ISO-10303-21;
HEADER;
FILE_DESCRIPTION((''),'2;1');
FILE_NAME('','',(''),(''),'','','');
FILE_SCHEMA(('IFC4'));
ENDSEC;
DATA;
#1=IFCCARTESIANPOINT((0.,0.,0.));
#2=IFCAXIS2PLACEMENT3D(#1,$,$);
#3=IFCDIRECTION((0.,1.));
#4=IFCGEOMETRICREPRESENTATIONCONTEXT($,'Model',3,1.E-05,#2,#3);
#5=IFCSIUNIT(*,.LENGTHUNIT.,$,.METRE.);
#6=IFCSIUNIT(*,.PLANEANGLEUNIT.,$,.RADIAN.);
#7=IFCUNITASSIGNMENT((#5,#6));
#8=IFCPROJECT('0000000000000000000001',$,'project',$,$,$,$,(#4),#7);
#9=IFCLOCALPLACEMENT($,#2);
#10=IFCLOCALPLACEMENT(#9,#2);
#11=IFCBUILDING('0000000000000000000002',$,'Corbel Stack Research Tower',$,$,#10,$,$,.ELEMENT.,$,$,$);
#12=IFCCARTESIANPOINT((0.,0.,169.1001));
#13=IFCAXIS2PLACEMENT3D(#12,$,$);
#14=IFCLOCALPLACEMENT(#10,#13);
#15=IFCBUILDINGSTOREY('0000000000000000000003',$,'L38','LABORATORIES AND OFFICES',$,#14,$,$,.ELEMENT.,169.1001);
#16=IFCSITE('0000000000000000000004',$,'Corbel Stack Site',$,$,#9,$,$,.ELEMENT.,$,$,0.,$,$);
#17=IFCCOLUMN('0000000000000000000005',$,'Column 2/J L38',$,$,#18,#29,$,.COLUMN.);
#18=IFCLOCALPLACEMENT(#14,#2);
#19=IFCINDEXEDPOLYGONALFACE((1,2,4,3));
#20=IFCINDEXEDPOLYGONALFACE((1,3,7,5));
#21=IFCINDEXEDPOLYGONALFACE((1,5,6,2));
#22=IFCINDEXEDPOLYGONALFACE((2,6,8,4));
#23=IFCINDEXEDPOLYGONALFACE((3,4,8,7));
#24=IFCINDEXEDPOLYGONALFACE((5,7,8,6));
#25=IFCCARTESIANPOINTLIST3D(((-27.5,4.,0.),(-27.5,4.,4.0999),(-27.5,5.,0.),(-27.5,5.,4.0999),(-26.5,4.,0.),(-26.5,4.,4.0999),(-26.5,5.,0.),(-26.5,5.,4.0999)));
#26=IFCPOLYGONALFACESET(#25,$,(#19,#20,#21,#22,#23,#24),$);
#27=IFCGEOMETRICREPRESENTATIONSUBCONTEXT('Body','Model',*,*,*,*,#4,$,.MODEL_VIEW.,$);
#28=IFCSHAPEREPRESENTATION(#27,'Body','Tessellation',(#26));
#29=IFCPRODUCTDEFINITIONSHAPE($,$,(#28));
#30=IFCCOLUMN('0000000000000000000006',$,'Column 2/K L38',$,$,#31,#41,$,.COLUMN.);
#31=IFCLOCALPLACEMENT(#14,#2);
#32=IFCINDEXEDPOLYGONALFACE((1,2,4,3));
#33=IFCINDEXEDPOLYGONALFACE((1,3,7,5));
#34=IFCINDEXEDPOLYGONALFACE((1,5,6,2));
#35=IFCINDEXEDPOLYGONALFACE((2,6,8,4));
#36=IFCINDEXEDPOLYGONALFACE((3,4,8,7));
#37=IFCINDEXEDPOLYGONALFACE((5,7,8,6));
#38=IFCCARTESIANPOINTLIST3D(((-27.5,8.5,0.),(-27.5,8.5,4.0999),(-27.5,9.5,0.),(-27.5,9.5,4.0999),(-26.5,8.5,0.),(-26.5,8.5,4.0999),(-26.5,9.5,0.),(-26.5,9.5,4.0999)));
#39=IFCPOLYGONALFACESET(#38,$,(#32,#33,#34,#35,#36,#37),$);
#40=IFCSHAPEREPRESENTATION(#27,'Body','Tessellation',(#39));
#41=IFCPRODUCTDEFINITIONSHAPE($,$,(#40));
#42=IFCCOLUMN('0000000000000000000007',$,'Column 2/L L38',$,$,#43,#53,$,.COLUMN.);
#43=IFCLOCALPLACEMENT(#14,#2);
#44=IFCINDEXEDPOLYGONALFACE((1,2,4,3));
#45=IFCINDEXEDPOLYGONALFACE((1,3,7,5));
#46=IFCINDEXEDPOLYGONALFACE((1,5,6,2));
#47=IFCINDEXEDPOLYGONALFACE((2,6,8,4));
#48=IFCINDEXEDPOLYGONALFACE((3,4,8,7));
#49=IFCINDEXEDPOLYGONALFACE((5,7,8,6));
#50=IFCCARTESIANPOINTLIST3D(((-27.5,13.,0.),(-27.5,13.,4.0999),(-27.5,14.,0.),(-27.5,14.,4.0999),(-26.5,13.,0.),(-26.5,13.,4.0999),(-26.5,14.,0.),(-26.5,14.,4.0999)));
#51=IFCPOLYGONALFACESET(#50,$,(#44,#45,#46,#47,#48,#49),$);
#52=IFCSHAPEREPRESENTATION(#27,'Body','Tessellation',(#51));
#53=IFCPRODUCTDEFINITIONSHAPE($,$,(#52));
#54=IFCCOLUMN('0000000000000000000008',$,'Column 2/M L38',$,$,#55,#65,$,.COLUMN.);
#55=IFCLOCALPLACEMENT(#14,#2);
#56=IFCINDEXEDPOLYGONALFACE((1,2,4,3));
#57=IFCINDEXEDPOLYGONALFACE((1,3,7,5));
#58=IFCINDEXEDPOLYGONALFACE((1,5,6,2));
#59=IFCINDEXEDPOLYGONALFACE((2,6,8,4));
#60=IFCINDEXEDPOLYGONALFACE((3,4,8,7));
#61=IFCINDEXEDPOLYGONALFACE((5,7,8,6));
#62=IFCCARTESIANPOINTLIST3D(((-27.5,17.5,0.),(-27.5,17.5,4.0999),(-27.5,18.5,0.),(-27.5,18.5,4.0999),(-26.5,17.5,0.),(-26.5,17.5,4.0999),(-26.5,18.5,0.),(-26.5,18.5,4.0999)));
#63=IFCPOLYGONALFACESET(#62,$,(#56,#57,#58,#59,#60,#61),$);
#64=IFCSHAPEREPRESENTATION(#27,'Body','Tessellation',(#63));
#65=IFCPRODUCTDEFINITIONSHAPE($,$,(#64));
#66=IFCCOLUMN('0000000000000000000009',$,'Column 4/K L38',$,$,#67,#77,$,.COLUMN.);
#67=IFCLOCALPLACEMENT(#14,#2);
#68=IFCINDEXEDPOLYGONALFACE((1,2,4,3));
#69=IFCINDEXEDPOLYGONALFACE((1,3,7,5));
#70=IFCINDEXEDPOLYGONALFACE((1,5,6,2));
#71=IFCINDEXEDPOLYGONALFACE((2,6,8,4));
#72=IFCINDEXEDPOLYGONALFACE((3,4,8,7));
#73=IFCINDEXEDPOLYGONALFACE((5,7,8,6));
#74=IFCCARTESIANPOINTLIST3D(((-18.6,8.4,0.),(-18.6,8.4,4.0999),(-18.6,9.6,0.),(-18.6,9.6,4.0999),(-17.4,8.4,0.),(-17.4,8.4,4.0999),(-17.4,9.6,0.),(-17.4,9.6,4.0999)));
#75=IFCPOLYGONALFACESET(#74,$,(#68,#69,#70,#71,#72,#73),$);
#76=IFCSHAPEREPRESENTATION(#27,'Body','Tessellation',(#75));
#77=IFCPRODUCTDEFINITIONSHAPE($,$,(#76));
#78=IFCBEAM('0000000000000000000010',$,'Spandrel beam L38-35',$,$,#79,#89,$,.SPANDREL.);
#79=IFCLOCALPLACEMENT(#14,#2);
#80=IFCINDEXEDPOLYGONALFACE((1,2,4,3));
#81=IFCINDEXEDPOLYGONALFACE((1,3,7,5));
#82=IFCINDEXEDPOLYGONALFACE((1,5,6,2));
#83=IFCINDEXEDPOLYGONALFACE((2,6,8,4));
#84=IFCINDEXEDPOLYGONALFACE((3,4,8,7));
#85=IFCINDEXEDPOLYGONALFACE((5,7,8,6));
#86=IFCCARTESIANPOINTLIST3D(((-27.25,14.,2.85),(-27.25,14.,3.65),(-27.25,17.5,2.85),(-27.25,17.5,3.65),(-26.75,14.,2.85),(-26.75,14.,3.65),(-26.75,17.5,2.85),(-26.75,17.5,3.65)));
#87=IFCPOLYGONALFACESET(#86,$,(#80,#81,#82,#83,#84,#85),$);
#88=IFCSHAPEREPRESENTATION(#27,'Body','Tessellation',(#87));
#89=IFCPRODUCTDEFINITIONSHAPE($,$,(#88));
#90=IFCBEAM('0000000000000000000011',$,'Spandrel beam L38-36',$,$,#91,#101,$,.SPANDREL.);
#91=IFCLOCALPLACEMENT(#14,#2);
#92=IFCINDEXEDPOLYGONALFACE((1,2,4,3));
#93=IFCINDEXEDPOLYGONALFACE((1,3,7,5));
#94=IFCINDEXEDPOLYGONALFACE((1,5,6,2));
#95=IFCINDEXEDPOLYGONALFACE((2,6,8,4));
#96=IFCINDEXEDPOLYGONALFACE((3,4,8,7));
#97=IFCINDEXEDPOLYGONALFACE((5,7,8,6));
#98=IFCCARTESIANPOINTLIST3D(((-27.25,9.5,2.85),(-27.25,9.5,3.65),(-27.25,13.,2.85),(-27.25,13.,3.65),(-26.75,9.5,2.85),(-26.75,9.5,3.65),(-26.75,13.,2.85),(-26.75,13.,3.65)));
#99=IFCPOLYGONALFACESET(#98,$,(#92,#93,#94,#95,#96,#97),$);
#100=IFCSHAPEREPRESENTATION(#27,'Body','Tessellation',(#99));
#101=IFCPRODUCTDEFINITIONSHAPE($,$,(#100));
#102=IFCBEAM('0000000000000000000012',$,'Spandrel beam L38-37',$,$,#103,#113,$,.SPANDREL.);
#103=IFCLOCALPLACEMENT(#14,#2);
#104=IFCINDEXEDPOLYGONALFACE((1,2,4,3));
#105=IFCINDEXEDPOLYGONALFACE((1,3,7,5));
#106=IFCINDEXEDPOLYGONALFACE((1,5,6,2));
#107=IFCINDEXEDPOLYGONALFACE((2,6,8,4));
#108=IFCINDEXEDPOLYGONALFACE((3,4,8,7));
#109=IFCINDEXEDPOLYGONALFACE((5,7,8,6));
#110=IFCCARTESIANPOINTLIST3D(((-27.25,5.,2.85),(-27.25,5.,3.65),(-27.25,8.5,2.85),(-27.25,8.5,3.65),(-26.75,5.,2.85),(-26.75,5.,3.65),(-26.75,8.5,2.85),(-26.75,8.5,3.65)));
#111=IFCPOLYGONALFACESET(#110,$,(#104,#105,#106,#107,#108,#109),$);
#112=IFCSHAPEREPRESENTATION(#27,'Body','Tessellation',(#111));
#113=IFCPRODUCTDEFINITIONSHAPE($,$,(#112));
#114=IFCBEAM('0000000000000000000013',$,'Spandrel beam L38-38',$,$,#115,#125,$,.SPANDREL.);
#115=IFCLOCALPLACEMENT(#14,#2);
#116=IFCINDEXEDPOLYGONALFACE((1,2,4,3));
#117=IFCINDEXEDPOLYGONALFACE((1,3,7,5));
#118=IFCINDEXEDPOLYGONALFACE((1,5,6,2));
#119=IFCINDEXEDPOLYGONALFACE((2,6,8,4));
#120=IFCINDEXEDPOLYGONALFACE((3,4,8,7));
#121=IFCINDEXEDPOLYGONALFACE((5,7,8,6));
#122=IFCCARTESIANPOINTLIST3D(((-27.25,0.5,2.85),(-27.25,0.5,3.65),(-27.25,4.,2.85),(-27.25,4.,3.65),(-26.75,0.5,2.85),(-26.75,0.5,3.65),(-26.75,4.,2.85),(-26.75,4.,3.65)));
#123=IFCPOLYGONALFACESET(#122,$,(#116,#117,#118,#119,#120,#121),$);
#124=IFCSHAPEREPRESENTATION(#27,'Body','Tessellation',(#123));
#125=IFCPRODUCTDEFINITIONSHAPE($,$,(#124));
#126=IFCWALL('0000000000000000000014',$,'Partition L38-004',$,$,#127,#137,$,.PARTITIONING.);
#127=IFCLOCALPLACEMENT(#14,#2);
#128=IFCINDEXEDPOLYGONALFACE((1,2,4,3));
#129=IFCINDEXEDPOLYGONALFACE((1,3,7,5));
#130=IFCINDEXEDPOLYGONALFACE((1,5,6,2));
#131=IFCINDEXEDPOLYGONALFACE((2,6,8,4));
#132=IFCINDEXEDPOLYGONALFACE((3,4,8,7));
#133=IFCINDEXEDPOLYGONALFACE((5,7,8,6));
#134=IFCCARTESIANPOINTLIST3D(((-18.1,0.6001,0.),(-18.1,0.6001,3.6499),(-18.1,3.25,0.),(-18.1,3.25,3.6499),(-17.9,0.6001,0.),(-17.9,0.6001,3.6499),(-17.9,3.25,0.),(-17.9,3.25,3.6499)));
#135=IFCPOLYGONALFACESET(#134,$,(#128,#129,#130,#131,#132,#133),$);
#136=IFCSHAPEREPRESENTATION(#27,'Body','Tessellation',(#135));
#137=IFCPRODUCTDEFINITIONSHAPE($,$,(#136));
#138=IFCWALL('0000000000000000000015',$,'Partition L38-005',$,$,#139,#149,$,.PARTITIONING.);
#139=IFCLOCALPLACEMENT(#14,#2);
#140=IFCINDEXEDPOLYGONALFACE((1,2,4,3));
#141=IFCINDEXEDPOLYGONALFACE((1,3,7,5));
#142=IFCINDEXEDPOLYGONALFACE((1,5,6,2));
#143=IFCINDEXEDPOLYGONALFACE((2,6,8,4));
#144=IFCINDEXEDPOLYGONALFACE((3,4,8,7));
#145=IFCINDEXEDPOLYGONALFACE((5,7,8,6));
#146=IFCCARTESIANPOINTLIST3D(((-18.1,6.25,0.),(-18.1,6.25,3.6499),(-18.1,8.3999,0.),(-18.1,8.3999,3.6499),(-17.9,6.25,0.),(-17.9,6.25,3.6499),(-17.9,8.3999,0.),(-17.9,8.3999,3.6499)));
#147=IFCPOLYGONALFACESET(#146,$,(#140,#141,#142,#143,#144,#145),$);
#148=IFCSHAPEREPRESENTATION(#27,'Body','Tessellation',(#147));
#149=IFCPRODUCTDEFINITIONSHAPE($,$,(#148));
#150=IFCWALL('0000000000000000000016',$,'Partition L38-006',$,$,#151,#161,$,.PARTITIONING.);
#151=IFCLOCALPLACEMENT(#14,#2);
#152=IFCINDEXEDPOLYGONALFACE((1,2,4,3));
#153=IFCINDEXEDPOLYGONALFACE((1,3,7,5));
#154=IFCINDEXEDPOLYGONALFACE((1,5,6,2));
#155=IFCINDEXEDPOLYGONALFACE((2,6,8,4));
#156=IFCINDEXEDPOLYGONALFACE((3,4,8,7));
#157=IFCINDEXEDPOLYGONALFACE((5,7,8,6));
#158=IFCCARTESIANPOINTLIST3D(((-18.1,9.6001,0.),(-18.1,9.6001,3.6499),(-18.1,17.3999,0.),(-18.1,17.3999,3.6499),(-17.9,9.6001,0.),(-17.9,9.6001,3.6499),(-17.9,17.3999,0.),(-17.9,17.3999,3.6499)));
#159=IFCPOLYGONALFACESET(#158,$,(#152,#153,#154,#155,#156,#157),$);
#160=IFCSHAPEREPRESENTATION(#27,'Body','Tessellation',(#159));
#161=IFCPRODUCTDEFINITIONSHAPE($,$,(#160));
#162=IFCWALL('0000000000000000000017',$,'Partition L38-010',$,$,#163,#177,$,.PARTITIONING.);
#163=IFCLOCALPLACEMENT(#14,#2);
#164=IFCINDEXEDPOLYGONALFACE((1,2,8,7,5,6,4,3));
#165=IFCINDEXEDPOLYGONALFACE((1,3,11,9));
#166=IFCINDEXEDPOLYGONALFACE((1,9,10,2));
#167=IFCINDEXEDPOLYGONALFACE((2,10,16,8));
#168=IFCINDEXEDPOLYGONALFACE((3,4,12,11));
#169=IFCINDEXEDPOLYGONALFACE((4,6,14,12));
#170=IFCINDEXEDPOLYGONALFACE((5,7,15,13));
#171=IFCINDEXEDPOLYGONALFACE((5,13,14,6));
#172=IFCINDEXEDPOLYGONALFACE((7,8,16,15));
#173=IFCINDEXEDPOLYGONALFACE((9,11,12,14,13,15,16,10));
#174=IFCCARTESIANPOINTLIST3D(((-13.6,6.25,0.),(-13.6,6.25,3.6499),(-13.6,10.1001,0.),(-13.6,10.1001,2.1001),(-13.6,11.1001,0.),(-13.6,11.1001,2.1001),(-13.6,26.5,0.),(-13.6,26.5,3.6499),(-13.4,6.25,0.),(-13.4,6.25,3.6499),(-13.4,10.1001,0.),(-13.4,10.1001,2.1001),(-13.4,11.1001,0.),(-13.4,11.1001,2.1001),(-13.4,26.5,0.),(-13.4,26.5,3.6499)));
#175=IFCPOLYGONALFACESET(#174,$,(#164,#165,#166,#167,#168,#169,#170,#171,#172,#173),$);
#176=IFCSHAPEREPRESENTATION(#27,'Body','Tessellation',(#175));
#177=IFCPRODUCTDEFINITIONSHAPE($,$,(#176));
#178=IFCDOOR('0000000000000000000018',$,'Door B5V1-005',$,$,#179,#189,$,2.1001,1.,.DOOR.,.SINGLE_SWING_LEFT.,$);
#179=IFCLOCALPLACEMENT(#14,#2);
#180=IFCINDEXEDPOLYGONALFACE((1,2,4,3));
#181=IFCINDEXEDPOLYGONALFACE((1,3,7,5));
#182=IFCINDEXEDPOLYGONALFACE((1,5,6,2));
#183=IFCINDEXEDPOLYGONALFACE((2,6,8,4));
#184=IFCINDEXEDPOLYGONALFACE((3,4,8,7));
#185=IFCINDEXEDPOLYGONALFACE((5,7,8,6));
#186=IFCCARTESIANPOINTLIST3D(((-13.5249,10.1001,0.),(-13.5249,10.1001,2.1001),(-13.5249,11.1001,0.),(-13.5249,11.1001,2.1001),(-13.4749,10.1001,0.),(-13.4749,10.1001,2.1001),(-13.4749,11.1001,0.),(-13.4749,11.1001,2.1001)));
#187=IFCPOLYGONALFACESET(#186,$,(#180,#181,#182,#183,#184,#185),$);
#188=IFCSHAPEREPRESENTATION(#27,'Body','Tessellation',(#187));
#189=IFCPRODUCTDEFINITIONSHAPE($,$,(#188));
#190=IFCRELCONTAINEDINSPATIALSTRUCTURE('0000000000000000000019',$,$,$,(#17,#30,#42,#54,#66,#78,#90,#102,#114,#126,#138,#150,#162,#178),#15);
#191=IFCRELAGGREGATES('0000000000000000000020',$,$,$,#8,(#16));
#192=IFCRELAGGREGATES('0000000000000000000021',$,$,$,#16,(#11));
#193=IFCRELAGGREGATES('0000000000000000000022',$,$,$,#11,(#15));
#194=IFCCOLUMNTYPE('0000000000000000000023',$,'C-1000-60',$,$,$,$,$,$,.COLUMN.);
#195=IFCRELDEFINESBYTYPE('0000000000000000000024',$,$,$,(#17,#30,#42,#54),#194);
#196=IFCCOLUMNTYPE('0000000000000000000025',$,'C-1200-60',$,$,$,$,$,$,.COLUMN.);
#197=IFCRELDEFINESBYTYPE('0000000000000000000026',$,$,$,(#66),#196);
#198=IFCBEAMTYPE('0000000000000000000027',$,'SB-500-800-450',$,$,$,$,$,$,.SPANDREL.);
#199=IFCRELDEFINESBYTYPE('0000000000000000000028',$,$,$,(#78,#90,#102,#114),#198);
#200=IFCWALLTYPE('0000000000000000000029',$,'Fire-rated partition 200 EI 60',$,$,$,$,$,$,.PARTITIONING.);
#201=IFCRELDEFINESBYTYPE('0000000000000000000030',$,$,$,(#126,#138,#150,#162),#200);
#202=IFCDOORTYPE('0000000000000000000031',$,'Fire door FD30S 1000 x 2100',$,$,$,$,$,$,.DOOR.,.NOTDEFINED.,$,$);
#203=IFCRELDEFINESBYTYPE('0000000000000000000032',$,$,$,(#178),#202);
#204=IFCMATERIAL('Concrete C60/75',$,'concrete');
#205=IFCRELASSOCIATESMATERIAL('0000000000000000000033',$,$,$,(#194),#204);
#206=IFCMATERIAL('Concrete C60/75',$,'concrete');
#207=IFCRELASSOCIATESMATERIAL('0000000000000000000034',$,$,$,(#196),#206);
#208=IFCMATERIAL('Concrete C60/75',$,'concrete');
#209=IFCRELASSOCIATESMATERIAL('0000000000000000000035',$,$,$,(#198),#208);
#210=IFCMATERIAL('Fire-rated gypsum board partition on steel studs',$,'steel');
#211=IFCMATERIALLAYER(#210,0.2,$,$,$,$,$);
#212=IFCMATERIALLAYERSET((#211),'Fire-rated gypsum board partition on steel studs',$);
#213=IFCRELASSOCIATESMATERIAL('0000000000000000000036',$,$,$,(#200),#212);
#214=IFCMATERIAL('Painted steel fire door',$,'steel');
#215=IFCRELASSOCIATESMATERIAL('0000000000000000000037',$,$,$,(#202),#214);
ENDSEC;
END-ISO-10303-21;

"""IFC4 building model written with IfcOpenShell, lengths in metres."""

from ifc_helpers import new_model, si_unit, direction, frame, frame_2d, origin, origin_2d, place, context, subcontext, project, spatial, rectangle, extrude, material, layer, layer_set, material_profile, profile_set, type_object, element, fill, save


model = new_model("IFC4")

# Units and contexts
model_context = context("Model", 3, precision=1e-05, world=origin(), true_north=direction((0.0, 1.0)))
body_context = subcontext(model_context, "Body", "Model", "MODEL_VIEW")
ifc_project = project(units=[si_unit("LENGTHUNIT", "METRE"), si_unit("PLANEANGLEUNIT", "RADIAN")], contexts=[model_context])

# Site, building, storey
site_placement = place(None, origin())
site = spatial("IfcSite", under=ifc_project, at=site_placement, Name="Corbel Stack Site", CompositionType="ELEMENT", RefElevation=0.0)
building_placement = place(site_placement, origin())
building = spatial("IfcBuilding", under=site, at=building_placement, Name="Corbel Stack Research Tower", CompositionType="ELEMENT")
storey_placement = place(building_placement, frame((0.0, 0.0, 169.1001)))
storey = spatial("IfcBuildingStorey", under=building, at=storey_placement, Name="L38", Description="LABORATORIES AND OFFICES", CompositionType="ELEMENT", Elevation=169.1001)

# Columns
ifc_material_1 = material(Name="Concrete C60/75", Category="concrete")
ifc_material_profile_1 = material_profile(ifc_material_1, rectangle(XDim=1.0, YDim=1.0, at=origin_2d()), Name="RC 1000 x 1000")
ifc_profile_set_1 = profile_set([ifc_material_profile_1], Name="Concrete C60/75")
column_type_1 = type_object("IfcColumnType", Name="C-1000-60", PredefinedType="COLUMN", material=ifc_profile_set_1)
for number, where, z_axis, x_axis, name in (
    (1, (-27.0, 4.5, 0.0), (0.0, 0.0, 1.0), (1.0, 0.0, 0.0), "Column 2/J L38"),
    (2, (-27.0, 9.0, 0.0), (0.0, 0.0, 1.0), (1.0, 0.0, 0.0), "Column 2/K L38"),
    (3, (-27.0, 13.5, 0.0), (0.0, 0.0, 1.0), (1.0, 0.0, 0.0), "Column 2/L L38"),
    (4, (-27.0, 18.0, 0.0), (0.0, 0.0, 1.0), (1.0, 0.0, 0.0), "Column 2/M L38"),
):
    element("IfcColumn", number, at=place(storey_placement, frame(where, z_axis=z_axis, x_axis=x_axis)), inside=storey, type_object=column_type_1, Name=name, PredefinedType="COLUMN", context=body_context, shape_type="SweptSolid", body=[
        extrude(rectangle(XDim=1.0, YDim=1.0, at=origin_2d()), origin(), (0.0, 0.0, 1.0), 4.0999),
    ])
ifc_material_2 = material(Name="Concrete C60/75", Category="concrete")
ifc_material_profile_2 = material_profile(ifc_material_2, rectangle(XDim=1.2, YDim=1.2, at=origin_2d()), Name="RC 1200 x 1200")
ifc_profile_set_2 = profile_set([ifc_material_profile_2], Name="Concrete C60/75")
column_type_2 = type_object("IfcColumnType", Name="C-1200-60", PredefinedType="COLUMN", material=ifc_profile_set_2)
column_placement = place(storey_placement, frame((-18.0, 9.0, 0.0), z_axis=(0.0, 0.0, 1.0), x_axis=(1.0, 0.0, 0.0)))
element("IfcColumn", 5, at=column_placement, inside=storey, type_object=column_type_2, Name="Column 4/K L38", PredefinedType="COLUMN", context=body_context, shape_type="SweptSolid", body=[
    extrude(rectangle(XDim=1.2, YDim=1.2, at=origin_2d()), origin(), (0.0, 0.0, 1.0), 4.0999),
])

# Beams
ifc_material_3 = material(Name="Concrete C60/75", Category="concrete")
ifc_material_profile_3 = material_profile(ifc_material_3, rectangle(XDim=0.5, YDim=0.8, at=origin_2d()), Name="RC 500 x 800")
ifc_profile_set_3 = profile_set([ifc_material_profile_3], Name="Concrete C60/75")
beam_type = type_object("IfcBeamType", Name="SB-500-800-450", PredefinedType="SPANDREL", material=ifc_profile_set_3)
for number, where, z_axis, x_axis, name in (
    (6, (-27.0, 17.5, 3.25), (0.0, -1.0, 0.0), (1.0, 0.0, 0.0), "Spandrel beam L38-35"),
    (7, (-27.0, 13.0, 3.25), (0.0, -1.0, 0.0), (1.0, 0.0, 0.0), "Spandrel beam L38-36"),
    (8, (-27.0, 8.5, 3.25), (0.0, -1.0, 0.0), (1.0, 0.0, 0.0), "Spandrel beam L38-37"),
    (9, (-27.0, 4.0, 3.25), (0.0, -1.0, 0.0), (1.0, 0.0, 0.0), "Spandrel beam L38-38"),
):
    element("IfcBeam", number, at=place(storey_placement, frame(where, z_axis=z_axis, x_axis=x_axis)), inside=storey, type_object=beam_type, Name=name, PredefinedType="SPANDREL", context=body_context, shape_type="SweptSolid", body=[
        extrude(rectangle(XDim=0.5, YDim=0.8, at=origin_2d()), origin(), (0.0, 0.0, 1.0), 3.5),
    ])

# Walls
ifc_material_4 = material(Name="Fire-rated gypsum board partition on steel studs", Category="steel")
ifc_layer_1 = layer(ifc_material_4, 0.2)
ifc_layer_set_1 = layer_set([ifc_layer_1], Name="Fire-rated gypsum board partition on steel studs")
wall_type_1 = type_object("IfcWallType", Name="Fire-rated partition 200 EI 60", PredefinedType="PARTITIONING", material=ifc_layer_set_1)
wall_1_placement = place(storey_placement, frame((-18.0, 0.6001, 0.0), z_axis=(0.0, 0.0, 1.0), x_axis=(0.0, 1.0, 0.0)))
element("IfcWall", 10, at=wall_1_placement, inside=storey, type_object=wall_type_1, Name="Partition L38-004", PredefinedType="PARTITIONING", context=body_context, shape_type="SweptSolid", body=[
    extrude(rectangle(XDim=2.6499, YDim=0.2, at=frame_2d((1.325, 0.0))), origin(), (0.0, 0.0, 1.0), 3.6499),
])
wall_2_placement = place(storey_placement, frame((-18.0, 6.25, 0.0), z_axis=(0.0, 0.0, 1.0), x_axis=(0.0, 1.0, 0.0)))
element("IfcWall", 11, at=wall_2_placement, inside=storey, type_object=wall_type_1, Name="Partition L38-005", PredefinedType="PARTITIONING", context=body_context, shape_type="SweptSolid", body=[
    extrude(rectangle(XDim=2.1499, YDim=0.2, at=frame_2d((1.075, 0.0))), origin(), (0.0, 0.0, 1.0), 3.6499),
])
wall_3_placement = place(storey_placement, frame((-18.0, 9.6001, 0.0), z_axis=(0.0, 0.0, 1.0), x_axis=(0.0, 1.0, 0.0)))
element("IfcWall", 12, at=wall_3_placement, inside=storey, type_object=wall_type_1, Name="Partition L38-006", PredefinedType="PARTITIONING", context=body_context, shape_type="SweptSolid", body=[
    extrude(rectangle(XDim=7.7998, YDim=0.2, at=frame_2d((3.8999, 0.0))), origin(), (0.0, 0.0, 1.0), 3.6499),
])

# Wall, opening, door
wall_4_placement = place(storey_placement, frame((-13.5, 6.25, 0.0), z_axis=(0.0, 0.0, 1.0), x_axis=(0.0, 1.0, 0.0)))
wall_4 = element("IfcWall", 13, at=wall_4_placement, inside=storey, type_object=wall_type_1, Name="Partition L38-010", PredefinedType="PARTITIONING", context=body_context, shape_type="SweptSolid", body=[
    extrude(rectangle(XDim=20.25, YDim=0.2, at=frame_2d((10.125, 0.0))), origin(), (0.0, 0.0, 1.0), 3.6499),
])
opening_1_placement = place(wall_4_placement, frame((3.8501, 0.0, 0.0)))
opening_1 = element("IfcOpeningElement", 14, at=opening_1_placement, cuts=wall_4, PredefinedType="OPENING", context=body_context, shape_type="SweptSolid", body=[
    extrude(rectangle(XDim=1.0, YDim=2.1001, at=frame_2d((0.5, 1.05))), frame((0.0, 0.1099, 0.0), z_axis=(0.0, -1.0, 0.0), x_axis=(1.0, 0.0, 0.0)), (0.0, 0.0, 1.0), 0.22),
])
ifc_material_5 = material(Name="Painted steel fire door", Category="steel")
door_type_1 = type_object("IfcDoorType", Name="Fire door FD30S 1000 x 2100", OperationType="NOTDEFINED", PredefinedType="DOOR", material=ifc_material_5)
door_1_placement = place(opening_1_placement, origin())
door_1 = element("IfcDoor", 15, at=door_1_placement, inside=storey, type_object=door_type_1, Name="Door B5V1-005", OperationType="SINGLE_SWING_LEFT", OverallHeight=2.1001, OverallWidth=1.0, PredefinedType="DOOR", context=body_context, shape_type="SweptSolid", body=[
    extrude(rectangle(XDim=1.0, YDim=2.1001, at=frame_2d((0.5, 1.05))), frame((0.0, 0.0249, 0.0), z_axis=(0.0, -1.0, 0.0), x_axis=(1.0, 0.0, 0.0)), (0.0, 0.0, 1.0), 0.05),
])
fill(opening_1, door_1)

save(model, "model.ifc")
